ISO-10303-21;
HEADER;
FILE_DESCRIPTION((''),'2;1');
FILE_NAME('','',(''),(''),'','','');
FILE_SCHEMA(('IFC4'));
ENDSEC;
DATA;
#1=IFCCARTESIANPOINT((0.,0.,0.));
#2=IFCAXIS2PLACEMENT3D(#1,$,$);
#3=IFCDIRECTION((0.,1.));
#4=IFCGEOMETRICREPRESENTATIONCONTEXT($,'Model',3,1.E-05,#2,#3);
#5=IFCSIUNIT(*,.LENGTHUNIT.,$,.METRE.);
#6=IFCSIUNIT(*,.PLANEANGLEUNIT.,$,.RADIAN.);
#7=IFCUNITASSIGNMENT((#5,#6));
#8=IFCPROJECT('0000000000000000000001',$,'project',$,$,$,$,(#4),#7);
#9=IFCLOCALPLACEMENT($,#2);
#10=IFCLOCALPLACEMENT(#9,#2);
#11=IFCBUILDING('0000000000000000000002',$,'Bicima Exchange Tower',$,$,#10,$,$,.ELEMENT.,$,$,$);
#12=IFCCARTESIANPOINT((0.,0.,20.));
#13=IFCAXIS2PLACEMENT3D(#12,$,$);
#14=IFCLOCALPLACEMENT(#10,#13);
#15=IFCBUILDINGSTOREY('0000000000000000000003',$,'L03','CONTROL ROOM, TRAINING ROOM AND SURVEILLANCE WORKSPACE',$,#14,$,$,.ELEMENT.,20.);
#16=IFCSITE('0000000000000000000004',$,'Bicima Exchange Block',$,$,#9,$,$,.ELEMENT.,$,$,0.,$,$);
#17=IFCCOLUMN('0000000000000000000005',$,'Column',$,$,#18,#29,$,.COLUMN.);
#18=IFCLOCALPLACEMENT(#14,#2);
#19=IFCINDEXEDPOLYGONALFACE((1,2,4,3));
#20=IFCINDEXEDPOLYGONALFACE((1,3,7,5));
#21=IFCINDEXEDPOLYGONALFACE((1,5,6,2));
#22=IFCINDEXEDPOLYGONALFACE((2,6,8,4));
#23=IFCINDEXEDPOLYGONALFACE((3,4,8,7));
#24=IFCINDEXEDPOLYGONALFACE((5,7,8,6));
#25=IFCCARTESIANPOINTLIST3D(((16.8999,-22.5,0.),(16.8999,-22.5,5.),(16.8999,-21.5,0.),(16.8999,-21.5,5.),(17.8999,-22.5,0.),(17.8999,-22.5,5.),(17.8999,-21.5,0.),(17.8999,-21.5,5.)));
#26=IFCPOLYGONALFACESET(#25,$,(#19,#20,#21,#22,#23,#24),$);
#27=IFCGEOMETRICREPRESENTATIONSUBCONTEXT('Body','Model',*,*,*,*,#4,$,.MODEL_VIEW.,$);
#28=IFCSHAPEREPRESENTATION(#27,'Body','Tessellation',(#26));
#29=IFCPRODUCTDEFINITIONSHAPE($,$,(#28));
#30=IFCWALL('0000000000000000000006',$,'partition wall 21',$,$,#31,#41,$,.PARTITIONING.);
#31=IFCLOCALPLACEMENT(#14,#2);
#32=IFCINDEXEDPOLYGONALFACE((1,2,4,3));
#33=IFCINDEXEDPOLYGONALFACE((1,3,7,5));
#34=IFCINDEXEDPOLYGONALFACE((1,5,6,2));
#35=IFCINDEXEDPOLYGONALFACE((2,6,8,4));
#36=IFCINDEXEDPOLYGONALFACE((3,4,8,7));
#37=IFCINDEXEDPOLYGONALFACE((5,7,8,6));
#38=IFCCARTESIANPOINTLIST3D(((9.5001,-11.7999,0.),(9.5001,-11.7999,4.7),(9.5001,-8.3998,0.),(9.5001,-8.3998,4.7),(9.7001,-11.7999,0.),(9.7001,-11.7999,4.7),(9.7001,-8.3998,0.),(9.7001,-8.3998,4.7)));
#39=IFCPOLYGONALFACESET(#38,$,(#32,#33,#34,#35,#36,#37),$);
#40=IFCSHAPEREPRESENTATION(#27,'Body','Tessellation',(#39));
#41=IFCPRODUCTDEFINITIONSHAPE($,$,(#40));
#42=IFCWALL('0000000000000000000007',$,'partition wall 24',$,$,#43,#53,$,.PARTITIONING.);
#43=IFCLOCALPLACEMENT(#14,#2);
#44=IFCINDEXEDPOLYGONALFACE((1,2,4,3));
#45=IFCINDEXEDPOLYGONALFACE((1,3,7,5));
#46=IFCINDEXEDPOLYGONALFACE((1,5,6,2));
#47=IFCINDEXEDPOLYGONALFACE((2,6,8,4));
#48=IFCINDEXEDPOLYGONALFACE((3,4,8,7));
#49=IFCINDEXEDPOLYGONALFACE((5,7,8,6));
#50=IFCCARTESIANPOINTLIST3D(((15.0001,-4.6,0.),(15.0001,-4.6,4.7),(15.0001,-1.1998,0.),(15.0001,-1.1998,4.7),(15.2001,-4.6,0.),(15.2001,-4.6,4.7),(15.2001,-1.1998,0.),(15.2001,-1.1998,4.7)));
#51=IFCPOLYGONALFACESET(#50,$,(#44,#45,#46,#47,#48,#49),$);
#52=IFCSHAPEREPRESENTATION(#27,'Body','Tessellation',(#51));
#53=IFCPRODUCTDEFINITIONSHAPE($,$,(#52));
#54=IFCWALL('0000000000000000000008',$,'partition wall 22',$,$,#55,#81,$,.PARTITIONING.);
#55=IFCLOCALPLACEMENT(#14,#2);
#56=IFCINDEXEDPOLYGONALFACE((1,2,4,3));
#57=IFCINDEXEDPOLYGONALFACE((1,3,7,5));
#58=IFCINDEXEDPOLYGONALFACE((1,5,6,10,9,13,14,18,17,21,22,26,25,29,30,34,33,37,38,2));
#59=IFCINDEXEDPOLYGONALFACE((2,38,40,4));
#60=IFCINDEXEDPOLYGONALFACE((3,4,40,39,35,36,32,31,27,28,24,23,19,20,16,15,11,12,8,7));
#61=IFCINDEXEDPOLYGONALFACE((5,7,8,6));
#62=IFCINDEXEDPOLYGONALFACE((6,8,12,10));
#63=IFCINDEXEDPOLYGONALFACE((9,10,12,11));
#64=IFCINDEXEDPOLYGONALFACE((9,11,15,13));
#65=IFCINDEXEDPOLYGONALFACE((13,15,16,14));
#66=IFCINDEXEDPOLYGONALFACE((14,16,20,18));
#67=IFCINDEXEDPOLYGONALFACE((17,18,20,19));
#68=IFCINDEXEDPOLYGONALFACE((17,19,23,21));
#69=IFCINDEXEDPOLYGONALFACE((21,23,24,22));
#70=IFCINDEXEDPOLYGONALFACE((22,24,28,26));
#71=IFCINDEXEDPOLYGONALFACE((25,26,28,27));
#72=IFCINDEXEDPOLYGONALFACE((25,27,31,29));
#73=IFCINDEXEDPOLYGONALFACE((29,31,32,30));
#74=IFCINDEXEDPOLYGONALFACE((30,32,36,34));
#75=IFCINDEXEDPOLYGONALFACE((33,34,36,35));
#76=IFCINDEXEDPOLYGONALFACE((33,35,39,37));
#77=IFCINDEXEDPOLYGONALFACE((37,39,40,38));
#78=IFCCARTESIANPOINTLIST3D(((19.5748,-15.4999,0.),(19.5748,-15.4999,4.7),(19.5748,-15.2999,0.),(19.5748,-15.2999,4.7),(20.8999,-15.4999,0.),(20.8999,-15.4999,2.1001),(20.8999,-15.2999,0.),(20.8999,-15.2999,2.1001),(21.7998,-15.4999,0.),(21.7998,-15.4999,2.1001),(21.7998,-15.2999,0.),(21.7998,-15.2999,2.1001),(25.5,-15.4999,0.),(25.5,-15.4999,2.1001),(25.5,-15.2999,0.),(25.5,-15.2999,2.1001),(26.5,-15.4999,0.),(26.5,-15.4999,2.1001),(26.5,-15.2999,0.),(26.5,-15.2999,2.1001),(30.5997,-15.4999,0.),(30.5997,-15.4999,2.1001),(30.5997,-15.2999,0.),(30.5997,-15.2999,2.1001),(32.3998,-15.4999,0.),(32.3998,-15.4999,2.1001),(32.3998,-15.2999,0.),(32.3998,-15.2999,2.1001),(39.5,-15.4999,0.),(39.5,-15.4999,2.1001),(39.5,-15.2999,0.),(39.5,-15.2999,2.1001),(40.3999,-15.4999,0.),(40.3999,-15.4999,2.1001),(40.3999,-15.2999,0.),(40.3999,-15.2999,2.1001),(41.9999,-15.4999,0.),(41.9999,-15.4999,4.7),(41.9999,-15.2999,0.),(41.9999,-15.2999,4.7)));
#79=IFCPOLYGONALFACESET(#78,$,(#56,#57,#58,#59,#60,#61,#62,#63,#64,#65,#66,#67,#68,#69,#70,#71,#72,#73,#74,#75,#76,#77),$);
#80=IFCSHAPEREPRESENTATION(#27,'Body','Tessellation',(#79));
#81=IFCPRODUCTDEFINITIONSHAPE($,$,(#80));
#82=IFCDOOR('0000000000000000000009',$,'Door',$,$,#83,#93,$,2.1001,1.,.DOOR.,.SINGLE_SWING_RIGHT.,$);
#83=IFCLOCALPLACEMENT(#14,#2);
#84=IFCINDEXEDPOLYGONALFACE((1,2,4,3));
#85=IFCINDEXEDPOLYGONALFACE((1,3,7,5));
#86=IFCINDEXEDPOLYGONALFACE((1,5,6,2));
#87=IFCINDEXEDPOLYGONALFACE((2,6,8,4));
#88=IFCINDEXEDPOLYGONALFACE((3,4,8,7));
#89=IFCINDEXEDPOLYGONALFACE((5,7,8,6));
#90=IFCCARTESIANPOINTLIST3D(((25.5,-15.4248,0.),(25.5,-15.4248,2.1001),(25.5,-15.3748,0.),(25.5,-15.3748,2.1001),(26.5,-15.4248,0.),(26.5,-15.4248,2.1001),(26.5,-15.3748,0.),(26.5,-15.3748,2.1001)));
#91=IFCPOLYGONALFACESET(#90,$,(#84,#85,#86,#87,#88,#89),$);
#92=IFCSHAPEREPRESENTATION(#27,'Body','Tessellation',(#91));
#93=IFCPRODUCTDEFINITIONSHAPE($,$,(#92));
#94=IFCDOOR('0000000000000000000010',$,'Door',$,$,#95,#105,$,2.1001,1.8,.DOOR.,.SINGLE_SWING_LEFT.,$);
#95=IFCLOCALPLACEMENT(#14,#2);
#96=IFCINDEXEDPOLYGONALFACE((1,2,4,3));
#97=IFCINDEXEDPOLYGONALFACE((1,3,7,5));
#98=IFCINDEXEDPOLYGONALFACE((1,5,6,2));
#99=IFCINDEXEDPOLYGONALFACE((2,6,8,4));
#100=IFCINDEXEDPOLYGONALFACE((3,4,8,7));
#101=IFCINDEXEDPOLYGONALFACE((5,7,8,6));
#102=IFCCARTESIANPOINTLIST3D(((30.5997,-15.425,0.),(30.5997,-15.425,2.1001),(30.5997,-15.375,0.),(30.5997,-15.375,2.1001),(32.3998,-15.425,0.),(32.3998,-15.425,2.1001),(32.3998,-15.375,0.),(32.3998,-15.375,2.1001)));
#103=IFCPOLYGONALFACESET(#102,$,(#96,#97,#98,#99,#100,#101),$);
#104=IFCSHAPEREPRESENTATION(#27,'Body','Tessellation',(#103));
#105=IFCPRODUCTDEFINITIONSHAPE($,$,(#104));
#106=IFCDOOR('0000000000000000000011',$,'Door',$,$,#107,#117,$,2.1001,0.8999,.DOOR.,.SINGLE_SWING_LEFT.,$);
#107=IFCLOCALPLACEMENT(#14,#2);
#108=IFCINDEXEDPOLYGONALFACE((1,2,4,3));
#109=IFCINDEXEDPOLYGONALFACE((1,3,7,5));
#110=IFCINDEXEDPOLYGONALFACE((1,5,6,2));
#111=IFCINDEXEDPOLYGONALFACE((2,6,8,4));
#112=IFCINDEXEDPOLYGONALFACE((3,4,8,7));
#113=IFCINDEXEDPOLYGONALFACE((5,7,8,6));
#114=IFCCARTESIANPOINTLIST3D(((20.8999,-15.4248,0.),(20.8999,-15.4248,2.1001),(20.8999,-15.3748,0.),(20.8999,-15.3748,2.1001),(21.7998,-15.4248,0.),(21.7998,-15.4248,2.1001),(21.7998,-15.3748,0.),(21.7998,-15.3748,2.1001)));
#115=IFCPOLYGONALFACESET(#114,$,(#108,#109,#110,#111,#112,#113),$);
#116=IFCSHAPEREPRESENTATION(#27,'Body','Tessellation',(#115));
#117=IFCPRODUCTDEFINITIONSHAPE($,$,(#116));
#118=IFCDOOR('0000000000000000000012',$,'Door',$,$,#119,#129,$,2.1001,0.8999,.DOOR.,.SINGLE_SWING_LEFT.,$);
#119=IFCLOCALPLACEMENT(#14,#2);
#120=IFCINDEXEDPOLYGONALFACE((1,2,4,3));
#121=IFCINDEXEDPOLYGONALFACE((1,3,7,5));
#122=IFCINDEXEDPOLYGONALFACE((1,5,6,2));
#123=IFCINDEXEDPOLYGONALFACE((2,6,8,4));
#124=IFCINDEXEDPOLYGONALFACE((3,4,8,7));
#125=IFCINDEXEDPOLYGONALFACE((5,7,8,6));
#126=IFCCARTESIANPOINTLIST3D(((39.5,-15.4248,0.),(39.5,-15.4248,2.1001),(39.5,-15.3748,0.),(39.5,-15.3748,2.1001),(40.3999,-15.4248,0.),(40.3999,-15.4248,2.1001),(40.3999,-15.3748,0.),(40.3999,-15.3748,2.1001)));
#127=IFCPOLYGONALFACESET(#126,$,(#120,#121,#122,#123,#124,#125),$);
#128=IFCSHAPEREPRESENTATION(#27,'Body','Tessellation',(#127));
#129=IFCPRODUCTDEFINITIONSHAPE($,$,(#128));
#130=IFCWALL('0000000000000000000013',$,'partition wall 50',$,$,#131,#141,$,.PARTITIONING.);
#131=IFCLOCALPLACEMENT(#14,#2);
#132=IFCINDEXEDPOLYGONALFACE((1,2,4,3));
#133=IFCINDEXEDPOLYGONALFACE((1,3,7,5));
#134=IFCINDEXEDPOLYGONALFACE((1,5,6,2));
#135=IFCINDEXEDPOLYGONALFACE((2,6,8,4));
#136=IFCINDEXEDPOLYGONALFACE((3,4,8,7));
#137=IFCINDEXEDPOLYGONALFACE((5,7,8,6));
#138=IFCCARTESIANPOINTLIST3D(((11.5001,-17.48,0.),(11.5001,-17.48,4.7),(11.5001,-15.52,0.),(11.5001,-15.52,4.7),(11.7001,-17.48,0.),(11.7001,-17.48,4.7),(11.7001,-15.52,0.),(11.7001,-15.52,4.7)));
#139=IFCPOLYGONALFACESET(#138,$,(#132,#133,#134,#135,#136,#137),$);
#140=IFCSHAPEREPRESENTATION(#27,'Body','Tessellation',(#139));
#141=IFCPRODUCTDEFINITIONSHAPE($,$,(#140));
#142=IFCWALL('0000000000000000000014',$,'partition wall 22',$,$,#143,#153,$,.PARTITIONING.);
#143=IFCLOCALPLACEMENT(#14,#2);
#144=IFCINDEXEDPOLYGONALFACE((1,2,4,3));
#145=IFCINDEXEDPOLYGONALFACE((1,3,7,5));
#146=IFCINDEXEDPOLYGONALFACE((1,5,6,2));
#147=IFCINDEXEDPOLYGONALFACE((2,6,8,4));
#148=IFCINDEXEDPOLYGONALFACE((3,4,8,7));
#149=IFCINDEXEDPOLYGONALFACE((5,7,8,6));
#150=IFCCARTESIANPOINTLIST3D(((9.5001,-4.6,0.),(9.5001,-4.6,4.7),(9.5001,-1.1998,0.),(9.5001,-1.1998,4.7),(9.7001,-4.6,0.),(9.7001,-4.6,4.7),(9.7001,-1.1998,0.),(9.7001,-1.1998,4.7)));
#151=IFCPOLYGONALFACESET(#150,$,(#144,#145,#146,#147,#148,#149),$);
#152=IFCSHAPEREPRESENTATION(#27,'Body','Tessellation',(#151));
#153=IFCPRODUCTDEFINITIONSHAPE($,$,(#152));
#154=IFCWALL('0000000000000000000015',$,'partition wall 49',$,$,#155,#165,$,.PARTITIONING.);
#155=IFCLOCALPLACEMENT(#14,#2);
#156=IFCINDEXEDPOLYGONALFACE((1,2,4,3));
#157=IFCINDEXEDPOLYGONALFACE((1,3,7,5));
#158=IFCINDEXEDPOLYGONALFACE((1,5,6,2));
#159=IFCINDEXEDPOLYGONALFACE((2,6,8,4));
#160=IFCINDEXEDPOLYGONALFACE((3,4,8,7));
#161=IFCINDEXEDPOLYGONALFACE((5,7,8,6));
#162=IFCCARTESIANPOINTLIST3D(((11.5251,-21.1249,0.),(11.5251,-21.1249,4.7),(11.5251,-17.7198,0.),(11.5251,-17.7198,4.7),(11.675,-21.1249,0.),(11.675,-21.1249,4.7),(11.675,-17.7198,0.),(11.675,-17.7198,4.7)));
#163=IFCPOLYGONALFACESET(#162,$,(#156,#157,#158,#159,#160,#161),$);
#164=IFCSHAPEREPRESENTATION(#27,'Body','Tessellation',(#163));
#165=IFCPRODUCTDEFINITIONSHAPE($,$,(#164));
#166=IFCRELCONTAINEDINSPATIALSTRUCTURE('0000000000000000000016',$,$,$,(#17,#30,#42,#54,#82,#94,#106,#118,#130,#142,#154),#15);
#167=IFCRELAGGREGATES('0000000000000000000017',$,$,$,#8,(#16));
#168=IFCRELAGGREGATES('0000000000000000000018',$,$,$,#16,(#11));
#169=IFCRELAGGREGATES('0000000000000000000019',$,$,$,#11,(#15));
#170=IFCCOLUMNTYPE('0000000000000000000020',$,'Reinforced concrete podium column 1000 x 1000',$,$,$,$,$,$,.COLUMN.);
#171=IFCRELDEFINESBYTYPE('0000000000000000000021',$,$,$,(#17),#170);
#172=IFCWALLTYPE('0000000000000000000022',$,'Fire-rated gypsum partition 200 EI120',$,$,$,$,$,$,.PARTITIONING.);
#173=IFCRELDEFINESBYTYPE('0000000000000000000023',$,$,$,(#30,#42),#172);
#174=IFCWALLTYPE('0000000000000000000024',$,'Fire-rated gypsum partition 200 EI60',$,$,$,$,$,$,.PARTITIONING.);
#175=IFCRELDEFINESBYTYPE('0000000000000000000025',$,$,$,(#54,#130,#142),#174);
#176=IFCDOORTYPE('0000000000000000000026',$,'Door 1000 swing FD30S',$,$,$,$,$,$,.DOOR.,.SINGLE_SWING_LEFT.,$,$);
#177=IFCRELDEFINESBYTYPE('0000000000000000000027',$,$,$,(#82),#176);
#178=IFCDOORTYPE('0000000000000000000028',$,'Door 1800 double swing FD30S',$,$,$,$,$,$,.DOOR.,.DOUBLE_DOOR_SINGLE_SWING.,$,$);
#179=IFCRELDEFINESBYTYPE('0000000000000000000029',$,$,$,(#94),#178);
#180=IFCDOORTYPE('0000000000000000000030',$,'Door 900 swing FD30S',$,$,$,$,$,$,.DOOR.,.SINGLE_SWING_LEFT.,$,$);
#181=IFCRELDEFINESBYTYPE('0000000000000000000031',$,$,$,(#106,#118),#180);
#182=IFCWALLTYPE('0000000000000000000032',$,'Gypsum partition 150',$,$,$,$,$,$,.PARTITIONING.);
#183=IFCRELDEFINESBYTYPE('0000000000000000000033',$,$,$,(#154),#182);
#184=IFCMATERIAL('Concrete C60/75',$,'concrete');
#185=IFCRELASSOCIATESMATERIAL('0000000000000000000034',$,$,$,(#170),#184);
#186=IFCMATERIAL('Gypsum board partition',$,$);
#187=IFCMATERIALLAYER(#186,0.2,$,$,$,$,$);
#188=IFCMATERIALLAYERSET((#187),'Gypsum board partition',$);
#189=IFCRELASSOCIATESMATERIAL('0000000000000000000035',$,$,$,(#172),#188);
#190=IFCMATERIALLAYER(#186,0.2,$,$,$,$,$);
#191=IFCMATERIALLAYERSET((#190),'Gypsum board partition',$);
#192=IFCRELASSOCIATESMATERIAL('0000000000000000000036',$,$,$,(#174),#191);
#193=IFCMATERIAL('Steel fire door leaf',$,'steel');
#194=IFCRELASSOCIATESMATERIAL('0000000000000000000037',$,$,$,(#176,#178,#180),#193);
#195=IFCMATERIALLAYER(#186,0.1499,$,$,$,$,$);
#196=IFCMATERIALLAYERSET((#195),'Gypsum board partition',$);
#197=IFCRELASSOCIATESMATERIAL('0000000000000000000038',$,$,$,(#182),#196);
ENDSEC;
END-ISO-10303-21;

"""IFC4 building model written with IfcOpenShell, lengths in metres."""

from ifc_helpers import new_model, si_unit, direction, frame, frame_2d, origin, origin_2d, place, context, subcontext, project, spatial, rectangle, extrude, material, layer, layer_set, material_profile, profile_set, type_object, element, fill, save


model = new_model("IFC4")

# Units and contexts
model_context = context("Model", 3, precision=1e-05, world=origin(), true_north=direction((0.0, 1.0)))
body_context = subcontext(model_context, "Body", "Model", "MODEL_VIEW")
ifc_project = project(units=[si_unit("LENGTHUNIT", "METRE"), si_unit("PLANEANGLEUNIT", "RADIAN")], contexts=[model_context])

# Site, building, storey
site_placement = place(None, origin())
site = spatial("IfcSite", under=ifc_project, at=site_placement, Name="Bicima Exchange Block", CompositionType="ELEMENT", RefElevation=0.0)
building_placement = place(site_placement, origin())
building = spatial("IfcBuilding", under=site, at=building_placement, Name="Bicima Exchange Tower", CompositionType="ELEMENT")
storey_placement = place(building_placement, frame((0.0, 0.0, 20.0)))
storey = spatial("IfcBuildingStorey", under=building, at=storey_placement, Name="L03", Description="CONTROL ROOM, TRAINING ROOM AND SURVEILLANCE WORKSPACE", CompositionType="ELEMENT", Elevation=20.0)

# Column
ifc_material_1 = material(Name="Concrete C60/75", Category="concrete")
ifc_material_profile = material_profile(ifc_material_1, rectangle(XDim=1.0, YDim=1.0, at=origin_2d()))
ifc_profile_set = profile_set([ifc_material_profile], Name="Concrete C60/75")
column_type = type_object("IfcColumnType", Name="Reinforced concrete podium column 1000 x 1000", PredefinedType="COLUMN", material=ifc_profile_set)
column_placement = place(storey_placement, frame((17.3999, -22.0, 0.0), z_axis=(0.0, 0.0, 1.0), x_axis=(1.0, 0.0, 0.0)))
element("IfcColumn", 1, at=column_placement, inside=storey, type_object=column_type, Name="Column", PredefinedType="COLUMN", context=body_context, shape_type="SweptSolid", body=[
    extrude(rectangle(XDim=1.0, YDim=1.0, at=origin_2d()), origin(), (0.0, 0.0, 1.0), 5.0),
])

# Walls
ifc_material_2 = material(Name="Gypsum board partition")
ifc_layer_1 = layer(ifc_material_2, 0.2)
ifc_layer_set_1 = layer_set([ifc_layer_1], Name="Gypsum board partition")
wall_type_1 = type_object("IfcWallType", Name="Fire-rated gypsum partition 200 EI120", PredefinedType="PARTITIONING", material=ifc_layer_set_1)
for number, where, z_axis, x_axis, name in (
    (2, (9.6001, -11.8, 0.0), (0.0, 0.0, 1.0), (0.0, 1.0, 0.0), "partition wall 21"),
    (3, (15.1001, -4.6001, 0.0), (0.0, 0.0, 1.0), (0.0, 1.0, 0.0), "partition wall 24"),
):
    element("IfcWall", number, at=place(storey_placement, frame(where, z_axis=z_axis, x_axis=x_axis)), inside=storey, type_object=wall_type_1, Name=name, PredefinedType="PARTITIONING", context=body_context, shape_type="SweptSolid", body=[
        extrude(rectangle(XDim=3.4001, YDim=0.2, at=frame_2d((1.7002, 0.0))), origin(), (0.0, 0.0, 1.0), 4.7),
    ])

# Wall, openings, doors
ifc_layer_2 = layer(ifc_material_2, 0.2)
ifc_layer_set_2 = layer_set([ifc_layer_2], Name="Gypsum board partition")
wall_type_2 = type_object("IfcWallType", Name="Fire-rated gypsum partition 200 EI60", PredefinedType="PARTITIONING", material=ifc_layer_set_2)
wall_1_placement = place(storey_placement, frame((19.575, -15.3999, 0.0), z_axis=(0.0, 0.0, 1.0), x_axis=(1.0, 0.0, 0.0)))
wall_1 = element("IfcWall", 4, at=wall_1_placement, inside=storey, type_object=wall_type_2, Name="partition wall 22", PredefinedType="PARTITIONING", context=body_context, shape_type="SweptSolid", body=[
    extrude(rectangle(XDim=22.425, YDim=0.2, at=frame_2d((11.2124, 0.0))), origin(), (0.0, 0.0, 1.0), 4.7),
])
opening_1_placement = place(wall_1_placement, frame((1.325, 0.0, 0.0)))
opening_1 = element("IfcOpeningElement", 5, at=opening_1_placement, cuts=wall_1, PredefinedType="OPENING", context=body_context, shape_type="SweptSolid", body=[
    extrude(rectangle(XDim=0.8999, YDim=2.1001, at=frame_2d((0.45, 1.05))), frame((0.0, 0.1118, 0.0), z_axis=(0.0, -1.0, 0.0), x_axis=(1.0, 0.0, 0.0)), (0.0, 0.0, 1.0), 0.2239),
])
opening_2_placement = place(wall_1_placement, frame((5.925, 0.0, 0.0)))
opening_2 = element("IfcOpeningElement", 6, at=opening_2_placement, cuts=wall_1, PredefinedType="OPENING", context=body_context, shape_type="SweptSolid", body=[
    extrude(rectangle(XDim=1.0, YDim=2.1001, at=frame_2d((0.5, 1.05))), frame((0.0, 0.1118, 0.0), z_axis=(0.0, -1.0, 0.0), x_axis=(1.0, 0.0, 0.0)), (0.0, 0.0, 1.0), 0.2239),
])
opening_3_placement = place(wall_1_placement, frame((11.0249, 0.0, 0.0)))
opening_3 = element("IfcOpeningElement", 7, at=opening_3_placement, cuts=wall_1, PredefinedType="OPENING", context=body_context, shape_type="SweptSolid", body=[
    extrude(rectangle(XDim=1.8, YDim=2.1001, at=frame_2d((0.8999, 1.05))), frame((0.0, 0.1118, 0.0), z_axis=(0.0, -1.0, 0.0), x_axis=(1.0, 0.0, 0.0)), (0.0, 0.0, 1.0), 0.2239),
])
opening_4_placement = place(wall_1_placement, frame((19.925, 0.0, 0.0)))
opening_4 = element("IfcOpeningElement", 8, at=opening_4_placement, cuts=wall_1, PredefinedType="OPENING", context=body_context, shape_type="SweptSolid", body=[
    extrude(rectangle(XDim=0.8999, YDim=2.1001, at=frame_2d((0.45, 1.05))), frame((0.0, 0.1118, 0.0), z_axis=(0.0, -1.0, 0.0), x_axis=(1.0, 0.0, 0.0)), (0.0, 0.0, 1.0), 0.2239),
])
ifc_material_3 = material(Name="Steel fire door leaf", Category="steel")
door_type_1 = type_object("IfcDoorType", Name="Door 1000 swing FD30S", OperationType="SINGLE_SWING_LEFT", PredefinedType="DOOR", material=ifc_material_3)
door_1_placement = place(opening_2_placement, frame((1.0, 0.0, 0.0), z_axis=(0.0, 0.0, 1.0), x_axis=(-1.0, 0.0, 0.0)))
door_1 = element("IfcDoor", 9, at=door_1_placement, inside=storey, type_object=door_type_1, Name="Door", OperationType="SINGLE_SWING_RIGHT", OverallHeight=2.1001, OverallWidth=1.0, PredefinedType="DOOR", context=body_context, shape_type="SweptSolid", body=[
    extrude(rectangle(XDim=1.0, YDim=2.1001, at=frame_2d((0.5, 1.05))), frame((0.0, 0.0249, 0.0), z_axis=(0.0, -1.0, 0.0), x_axis=(1.0, 0.0, 0.0)), (0.0, 0.0, 1.0), 0.05),
])
fill(opening_2, door_1)
door_type_2 = type_object("IfcDoorType", Name="Door 1800 double swing FD30S", OperationType="DOUBLE_DOOR_SINGLE_SWING", PredefinedType="DOOR", material=ifc_material_3)
door_2_placement = place(opening_3_placement, origin())
door_2 = element("IfcDoor", 10, at=door_2_placement, inside=storey, type_object=door_type_2, Name="Door", OperationType="SINGLE_SWING_LEFT", OverallHeight=2.1001, OverallWidth=1.8, PredefinedType="DOOR", context=body_context, shape_type="SweptSolid", body=[
    extrude(rectangle(XDim=1.8, YDim=2.1001, at=frame_2d((0.8999, 1.05))), frame((0.0, 0.0249, 0.0), z_axis=(0.0, -1.0, 0.0), x_axis=(1.0, 0.0, 0.0)), (0.0, 0.0, 1.0), 0.05),
])
fill(opening_3, door_2)
door_type_3 = type_object("IfcDoorType", Name="Door 900 swing FD30S", OperationType="SINGLE_SWING_LEFT", PredefinedType="DOOR", material=ifc_material_3)
door_3_placement = place(opening_1_placement, frame((0.8999, 0.0, 0.0), z_axis=(0.0, 0.0, 1.0), x_axis=(-1.0, 0.0, 0.0)))
door_3 = element("IfcDoor", 11, at=door_3_placement, inside=storey, type_object=door_type_3, Name="Door", OperationType="SINGLE_SWING_LEFT", OverallHeight=2.1001, OverallWidth=0.8999, PredefinedType="DOOR", context=body_context, shape_type="SweptSolid", body=[
    extrude(rectangle(XDim=0.8999, YDim=2.1001, at=frame_2d((0.45, 1.05))), frame((0.0, 0.0249, 0.0), z_axis=(0.0, -1.0, 0.0), x_axis=(1.0, 0.0, 0.0)), (0.0, 0.0, 1.0), 0.05),
])
fill(opening_1, door_3)
door_4_placement = place(opening_4_placement, frame((0.8999, 0.0, 0.0), z_axis=(0.0, 0.0, 1.0), x_axis=(-1.0, 0.0, 0.0)))
door_4 = element("IfcDoor", 12, at=door_4_placement, inside=storey, type_object=door_type_3, Name="Door", OperationType="SINGLE_SWING_LEFT", OverallHeight=2.1001, OverallWidth=0.8999, PredefinedType="DOOR", context=body_context, shape_type="SweptSolid", body=[
    extrude(rectangle(XDim=0.8999, YDim=2.1001, at=frame_2d((0.45, 1.05))), frame((0.0, 0.0249, 0.0), z_axis=(0.0, -1.0, 0.0), x_axis=(1.0, 0.0, 0.0)), (0.0, 0.0, 1.0), 0.05),
])
fill(opening_4, door_4)

# Walls
wall_2_placement = place(storey_placement, frame((11.6001, -17.48, 0.0), z_axis=(0.0, 0.0, 1.0), x_axis=(0.0, 1.0, 0.0)))
element("IfcWall", 13, at=wall_2_placement, inside=storey, type_object=wall_type_2, Name="partition wall 50", PredefinedType="PARTITIONING", context=body_context, shape_type="SweptSolid", body=[
    extrude(rectangle(XDim=1.96, YDim=0.2, at=frame_2d((0.98, 0.0))), origin(), (0.0, 0.0, 1.0), 4.7),
])
wall_3_placement = place(storey_placement, frame((9.6001, -4.6001, 0.0), z_axis=(0.0, 0.0, 1.0), x_axis=(0.0, 1.0, 0.0)))
element("IfcWall", 14, at=wall_3_placement, inside=storey, type_object=wall_type_2, Name="partition wall 22", PredefinedType="PARTITIONING", context=body_context, shape_type="SweptSolid", body=[
    extrude(rectangle(XDim=3.4001, YDim=0.2, at=frame_2d((1.7002, 0.0))), origin(), (0.0, 0.0, 1.0), 4.7),
])
ifc_layer_3 = layer(ifc_material_2, 0.1499)
ifc_layer_set_3 = layer_set([ifc_layer_3], Name="Gypsum board partition")
wall_type_3 = type_object("IfcWallType", Name="Gypsum partition 150", PredefinedType="PARTITIONING", material=ifc_layer_set_3)
wall_4_placement = place(storey_placement, frame((11.6001, -21.125, 0.0), z_axis=(0.0, 0.0, 1.0), x_axis=(0.0, 1.0, 0.0)))
element("IfcWall", 15, at=wall_4_placement, inside=storey, type_object=wall_type_3, Name="partition wall 49", PredefinedType="PARTITIONING", context=body_context, shape_type="SweptSolid", body=[
    extrude(rectangle(XDim=3.405, YDim=0.1499, at=frame_2d((1.7026, 0.0))), origin(), (0.0, 0.0, 1.0), 4.7),
])

save(model, "model.ifc")
